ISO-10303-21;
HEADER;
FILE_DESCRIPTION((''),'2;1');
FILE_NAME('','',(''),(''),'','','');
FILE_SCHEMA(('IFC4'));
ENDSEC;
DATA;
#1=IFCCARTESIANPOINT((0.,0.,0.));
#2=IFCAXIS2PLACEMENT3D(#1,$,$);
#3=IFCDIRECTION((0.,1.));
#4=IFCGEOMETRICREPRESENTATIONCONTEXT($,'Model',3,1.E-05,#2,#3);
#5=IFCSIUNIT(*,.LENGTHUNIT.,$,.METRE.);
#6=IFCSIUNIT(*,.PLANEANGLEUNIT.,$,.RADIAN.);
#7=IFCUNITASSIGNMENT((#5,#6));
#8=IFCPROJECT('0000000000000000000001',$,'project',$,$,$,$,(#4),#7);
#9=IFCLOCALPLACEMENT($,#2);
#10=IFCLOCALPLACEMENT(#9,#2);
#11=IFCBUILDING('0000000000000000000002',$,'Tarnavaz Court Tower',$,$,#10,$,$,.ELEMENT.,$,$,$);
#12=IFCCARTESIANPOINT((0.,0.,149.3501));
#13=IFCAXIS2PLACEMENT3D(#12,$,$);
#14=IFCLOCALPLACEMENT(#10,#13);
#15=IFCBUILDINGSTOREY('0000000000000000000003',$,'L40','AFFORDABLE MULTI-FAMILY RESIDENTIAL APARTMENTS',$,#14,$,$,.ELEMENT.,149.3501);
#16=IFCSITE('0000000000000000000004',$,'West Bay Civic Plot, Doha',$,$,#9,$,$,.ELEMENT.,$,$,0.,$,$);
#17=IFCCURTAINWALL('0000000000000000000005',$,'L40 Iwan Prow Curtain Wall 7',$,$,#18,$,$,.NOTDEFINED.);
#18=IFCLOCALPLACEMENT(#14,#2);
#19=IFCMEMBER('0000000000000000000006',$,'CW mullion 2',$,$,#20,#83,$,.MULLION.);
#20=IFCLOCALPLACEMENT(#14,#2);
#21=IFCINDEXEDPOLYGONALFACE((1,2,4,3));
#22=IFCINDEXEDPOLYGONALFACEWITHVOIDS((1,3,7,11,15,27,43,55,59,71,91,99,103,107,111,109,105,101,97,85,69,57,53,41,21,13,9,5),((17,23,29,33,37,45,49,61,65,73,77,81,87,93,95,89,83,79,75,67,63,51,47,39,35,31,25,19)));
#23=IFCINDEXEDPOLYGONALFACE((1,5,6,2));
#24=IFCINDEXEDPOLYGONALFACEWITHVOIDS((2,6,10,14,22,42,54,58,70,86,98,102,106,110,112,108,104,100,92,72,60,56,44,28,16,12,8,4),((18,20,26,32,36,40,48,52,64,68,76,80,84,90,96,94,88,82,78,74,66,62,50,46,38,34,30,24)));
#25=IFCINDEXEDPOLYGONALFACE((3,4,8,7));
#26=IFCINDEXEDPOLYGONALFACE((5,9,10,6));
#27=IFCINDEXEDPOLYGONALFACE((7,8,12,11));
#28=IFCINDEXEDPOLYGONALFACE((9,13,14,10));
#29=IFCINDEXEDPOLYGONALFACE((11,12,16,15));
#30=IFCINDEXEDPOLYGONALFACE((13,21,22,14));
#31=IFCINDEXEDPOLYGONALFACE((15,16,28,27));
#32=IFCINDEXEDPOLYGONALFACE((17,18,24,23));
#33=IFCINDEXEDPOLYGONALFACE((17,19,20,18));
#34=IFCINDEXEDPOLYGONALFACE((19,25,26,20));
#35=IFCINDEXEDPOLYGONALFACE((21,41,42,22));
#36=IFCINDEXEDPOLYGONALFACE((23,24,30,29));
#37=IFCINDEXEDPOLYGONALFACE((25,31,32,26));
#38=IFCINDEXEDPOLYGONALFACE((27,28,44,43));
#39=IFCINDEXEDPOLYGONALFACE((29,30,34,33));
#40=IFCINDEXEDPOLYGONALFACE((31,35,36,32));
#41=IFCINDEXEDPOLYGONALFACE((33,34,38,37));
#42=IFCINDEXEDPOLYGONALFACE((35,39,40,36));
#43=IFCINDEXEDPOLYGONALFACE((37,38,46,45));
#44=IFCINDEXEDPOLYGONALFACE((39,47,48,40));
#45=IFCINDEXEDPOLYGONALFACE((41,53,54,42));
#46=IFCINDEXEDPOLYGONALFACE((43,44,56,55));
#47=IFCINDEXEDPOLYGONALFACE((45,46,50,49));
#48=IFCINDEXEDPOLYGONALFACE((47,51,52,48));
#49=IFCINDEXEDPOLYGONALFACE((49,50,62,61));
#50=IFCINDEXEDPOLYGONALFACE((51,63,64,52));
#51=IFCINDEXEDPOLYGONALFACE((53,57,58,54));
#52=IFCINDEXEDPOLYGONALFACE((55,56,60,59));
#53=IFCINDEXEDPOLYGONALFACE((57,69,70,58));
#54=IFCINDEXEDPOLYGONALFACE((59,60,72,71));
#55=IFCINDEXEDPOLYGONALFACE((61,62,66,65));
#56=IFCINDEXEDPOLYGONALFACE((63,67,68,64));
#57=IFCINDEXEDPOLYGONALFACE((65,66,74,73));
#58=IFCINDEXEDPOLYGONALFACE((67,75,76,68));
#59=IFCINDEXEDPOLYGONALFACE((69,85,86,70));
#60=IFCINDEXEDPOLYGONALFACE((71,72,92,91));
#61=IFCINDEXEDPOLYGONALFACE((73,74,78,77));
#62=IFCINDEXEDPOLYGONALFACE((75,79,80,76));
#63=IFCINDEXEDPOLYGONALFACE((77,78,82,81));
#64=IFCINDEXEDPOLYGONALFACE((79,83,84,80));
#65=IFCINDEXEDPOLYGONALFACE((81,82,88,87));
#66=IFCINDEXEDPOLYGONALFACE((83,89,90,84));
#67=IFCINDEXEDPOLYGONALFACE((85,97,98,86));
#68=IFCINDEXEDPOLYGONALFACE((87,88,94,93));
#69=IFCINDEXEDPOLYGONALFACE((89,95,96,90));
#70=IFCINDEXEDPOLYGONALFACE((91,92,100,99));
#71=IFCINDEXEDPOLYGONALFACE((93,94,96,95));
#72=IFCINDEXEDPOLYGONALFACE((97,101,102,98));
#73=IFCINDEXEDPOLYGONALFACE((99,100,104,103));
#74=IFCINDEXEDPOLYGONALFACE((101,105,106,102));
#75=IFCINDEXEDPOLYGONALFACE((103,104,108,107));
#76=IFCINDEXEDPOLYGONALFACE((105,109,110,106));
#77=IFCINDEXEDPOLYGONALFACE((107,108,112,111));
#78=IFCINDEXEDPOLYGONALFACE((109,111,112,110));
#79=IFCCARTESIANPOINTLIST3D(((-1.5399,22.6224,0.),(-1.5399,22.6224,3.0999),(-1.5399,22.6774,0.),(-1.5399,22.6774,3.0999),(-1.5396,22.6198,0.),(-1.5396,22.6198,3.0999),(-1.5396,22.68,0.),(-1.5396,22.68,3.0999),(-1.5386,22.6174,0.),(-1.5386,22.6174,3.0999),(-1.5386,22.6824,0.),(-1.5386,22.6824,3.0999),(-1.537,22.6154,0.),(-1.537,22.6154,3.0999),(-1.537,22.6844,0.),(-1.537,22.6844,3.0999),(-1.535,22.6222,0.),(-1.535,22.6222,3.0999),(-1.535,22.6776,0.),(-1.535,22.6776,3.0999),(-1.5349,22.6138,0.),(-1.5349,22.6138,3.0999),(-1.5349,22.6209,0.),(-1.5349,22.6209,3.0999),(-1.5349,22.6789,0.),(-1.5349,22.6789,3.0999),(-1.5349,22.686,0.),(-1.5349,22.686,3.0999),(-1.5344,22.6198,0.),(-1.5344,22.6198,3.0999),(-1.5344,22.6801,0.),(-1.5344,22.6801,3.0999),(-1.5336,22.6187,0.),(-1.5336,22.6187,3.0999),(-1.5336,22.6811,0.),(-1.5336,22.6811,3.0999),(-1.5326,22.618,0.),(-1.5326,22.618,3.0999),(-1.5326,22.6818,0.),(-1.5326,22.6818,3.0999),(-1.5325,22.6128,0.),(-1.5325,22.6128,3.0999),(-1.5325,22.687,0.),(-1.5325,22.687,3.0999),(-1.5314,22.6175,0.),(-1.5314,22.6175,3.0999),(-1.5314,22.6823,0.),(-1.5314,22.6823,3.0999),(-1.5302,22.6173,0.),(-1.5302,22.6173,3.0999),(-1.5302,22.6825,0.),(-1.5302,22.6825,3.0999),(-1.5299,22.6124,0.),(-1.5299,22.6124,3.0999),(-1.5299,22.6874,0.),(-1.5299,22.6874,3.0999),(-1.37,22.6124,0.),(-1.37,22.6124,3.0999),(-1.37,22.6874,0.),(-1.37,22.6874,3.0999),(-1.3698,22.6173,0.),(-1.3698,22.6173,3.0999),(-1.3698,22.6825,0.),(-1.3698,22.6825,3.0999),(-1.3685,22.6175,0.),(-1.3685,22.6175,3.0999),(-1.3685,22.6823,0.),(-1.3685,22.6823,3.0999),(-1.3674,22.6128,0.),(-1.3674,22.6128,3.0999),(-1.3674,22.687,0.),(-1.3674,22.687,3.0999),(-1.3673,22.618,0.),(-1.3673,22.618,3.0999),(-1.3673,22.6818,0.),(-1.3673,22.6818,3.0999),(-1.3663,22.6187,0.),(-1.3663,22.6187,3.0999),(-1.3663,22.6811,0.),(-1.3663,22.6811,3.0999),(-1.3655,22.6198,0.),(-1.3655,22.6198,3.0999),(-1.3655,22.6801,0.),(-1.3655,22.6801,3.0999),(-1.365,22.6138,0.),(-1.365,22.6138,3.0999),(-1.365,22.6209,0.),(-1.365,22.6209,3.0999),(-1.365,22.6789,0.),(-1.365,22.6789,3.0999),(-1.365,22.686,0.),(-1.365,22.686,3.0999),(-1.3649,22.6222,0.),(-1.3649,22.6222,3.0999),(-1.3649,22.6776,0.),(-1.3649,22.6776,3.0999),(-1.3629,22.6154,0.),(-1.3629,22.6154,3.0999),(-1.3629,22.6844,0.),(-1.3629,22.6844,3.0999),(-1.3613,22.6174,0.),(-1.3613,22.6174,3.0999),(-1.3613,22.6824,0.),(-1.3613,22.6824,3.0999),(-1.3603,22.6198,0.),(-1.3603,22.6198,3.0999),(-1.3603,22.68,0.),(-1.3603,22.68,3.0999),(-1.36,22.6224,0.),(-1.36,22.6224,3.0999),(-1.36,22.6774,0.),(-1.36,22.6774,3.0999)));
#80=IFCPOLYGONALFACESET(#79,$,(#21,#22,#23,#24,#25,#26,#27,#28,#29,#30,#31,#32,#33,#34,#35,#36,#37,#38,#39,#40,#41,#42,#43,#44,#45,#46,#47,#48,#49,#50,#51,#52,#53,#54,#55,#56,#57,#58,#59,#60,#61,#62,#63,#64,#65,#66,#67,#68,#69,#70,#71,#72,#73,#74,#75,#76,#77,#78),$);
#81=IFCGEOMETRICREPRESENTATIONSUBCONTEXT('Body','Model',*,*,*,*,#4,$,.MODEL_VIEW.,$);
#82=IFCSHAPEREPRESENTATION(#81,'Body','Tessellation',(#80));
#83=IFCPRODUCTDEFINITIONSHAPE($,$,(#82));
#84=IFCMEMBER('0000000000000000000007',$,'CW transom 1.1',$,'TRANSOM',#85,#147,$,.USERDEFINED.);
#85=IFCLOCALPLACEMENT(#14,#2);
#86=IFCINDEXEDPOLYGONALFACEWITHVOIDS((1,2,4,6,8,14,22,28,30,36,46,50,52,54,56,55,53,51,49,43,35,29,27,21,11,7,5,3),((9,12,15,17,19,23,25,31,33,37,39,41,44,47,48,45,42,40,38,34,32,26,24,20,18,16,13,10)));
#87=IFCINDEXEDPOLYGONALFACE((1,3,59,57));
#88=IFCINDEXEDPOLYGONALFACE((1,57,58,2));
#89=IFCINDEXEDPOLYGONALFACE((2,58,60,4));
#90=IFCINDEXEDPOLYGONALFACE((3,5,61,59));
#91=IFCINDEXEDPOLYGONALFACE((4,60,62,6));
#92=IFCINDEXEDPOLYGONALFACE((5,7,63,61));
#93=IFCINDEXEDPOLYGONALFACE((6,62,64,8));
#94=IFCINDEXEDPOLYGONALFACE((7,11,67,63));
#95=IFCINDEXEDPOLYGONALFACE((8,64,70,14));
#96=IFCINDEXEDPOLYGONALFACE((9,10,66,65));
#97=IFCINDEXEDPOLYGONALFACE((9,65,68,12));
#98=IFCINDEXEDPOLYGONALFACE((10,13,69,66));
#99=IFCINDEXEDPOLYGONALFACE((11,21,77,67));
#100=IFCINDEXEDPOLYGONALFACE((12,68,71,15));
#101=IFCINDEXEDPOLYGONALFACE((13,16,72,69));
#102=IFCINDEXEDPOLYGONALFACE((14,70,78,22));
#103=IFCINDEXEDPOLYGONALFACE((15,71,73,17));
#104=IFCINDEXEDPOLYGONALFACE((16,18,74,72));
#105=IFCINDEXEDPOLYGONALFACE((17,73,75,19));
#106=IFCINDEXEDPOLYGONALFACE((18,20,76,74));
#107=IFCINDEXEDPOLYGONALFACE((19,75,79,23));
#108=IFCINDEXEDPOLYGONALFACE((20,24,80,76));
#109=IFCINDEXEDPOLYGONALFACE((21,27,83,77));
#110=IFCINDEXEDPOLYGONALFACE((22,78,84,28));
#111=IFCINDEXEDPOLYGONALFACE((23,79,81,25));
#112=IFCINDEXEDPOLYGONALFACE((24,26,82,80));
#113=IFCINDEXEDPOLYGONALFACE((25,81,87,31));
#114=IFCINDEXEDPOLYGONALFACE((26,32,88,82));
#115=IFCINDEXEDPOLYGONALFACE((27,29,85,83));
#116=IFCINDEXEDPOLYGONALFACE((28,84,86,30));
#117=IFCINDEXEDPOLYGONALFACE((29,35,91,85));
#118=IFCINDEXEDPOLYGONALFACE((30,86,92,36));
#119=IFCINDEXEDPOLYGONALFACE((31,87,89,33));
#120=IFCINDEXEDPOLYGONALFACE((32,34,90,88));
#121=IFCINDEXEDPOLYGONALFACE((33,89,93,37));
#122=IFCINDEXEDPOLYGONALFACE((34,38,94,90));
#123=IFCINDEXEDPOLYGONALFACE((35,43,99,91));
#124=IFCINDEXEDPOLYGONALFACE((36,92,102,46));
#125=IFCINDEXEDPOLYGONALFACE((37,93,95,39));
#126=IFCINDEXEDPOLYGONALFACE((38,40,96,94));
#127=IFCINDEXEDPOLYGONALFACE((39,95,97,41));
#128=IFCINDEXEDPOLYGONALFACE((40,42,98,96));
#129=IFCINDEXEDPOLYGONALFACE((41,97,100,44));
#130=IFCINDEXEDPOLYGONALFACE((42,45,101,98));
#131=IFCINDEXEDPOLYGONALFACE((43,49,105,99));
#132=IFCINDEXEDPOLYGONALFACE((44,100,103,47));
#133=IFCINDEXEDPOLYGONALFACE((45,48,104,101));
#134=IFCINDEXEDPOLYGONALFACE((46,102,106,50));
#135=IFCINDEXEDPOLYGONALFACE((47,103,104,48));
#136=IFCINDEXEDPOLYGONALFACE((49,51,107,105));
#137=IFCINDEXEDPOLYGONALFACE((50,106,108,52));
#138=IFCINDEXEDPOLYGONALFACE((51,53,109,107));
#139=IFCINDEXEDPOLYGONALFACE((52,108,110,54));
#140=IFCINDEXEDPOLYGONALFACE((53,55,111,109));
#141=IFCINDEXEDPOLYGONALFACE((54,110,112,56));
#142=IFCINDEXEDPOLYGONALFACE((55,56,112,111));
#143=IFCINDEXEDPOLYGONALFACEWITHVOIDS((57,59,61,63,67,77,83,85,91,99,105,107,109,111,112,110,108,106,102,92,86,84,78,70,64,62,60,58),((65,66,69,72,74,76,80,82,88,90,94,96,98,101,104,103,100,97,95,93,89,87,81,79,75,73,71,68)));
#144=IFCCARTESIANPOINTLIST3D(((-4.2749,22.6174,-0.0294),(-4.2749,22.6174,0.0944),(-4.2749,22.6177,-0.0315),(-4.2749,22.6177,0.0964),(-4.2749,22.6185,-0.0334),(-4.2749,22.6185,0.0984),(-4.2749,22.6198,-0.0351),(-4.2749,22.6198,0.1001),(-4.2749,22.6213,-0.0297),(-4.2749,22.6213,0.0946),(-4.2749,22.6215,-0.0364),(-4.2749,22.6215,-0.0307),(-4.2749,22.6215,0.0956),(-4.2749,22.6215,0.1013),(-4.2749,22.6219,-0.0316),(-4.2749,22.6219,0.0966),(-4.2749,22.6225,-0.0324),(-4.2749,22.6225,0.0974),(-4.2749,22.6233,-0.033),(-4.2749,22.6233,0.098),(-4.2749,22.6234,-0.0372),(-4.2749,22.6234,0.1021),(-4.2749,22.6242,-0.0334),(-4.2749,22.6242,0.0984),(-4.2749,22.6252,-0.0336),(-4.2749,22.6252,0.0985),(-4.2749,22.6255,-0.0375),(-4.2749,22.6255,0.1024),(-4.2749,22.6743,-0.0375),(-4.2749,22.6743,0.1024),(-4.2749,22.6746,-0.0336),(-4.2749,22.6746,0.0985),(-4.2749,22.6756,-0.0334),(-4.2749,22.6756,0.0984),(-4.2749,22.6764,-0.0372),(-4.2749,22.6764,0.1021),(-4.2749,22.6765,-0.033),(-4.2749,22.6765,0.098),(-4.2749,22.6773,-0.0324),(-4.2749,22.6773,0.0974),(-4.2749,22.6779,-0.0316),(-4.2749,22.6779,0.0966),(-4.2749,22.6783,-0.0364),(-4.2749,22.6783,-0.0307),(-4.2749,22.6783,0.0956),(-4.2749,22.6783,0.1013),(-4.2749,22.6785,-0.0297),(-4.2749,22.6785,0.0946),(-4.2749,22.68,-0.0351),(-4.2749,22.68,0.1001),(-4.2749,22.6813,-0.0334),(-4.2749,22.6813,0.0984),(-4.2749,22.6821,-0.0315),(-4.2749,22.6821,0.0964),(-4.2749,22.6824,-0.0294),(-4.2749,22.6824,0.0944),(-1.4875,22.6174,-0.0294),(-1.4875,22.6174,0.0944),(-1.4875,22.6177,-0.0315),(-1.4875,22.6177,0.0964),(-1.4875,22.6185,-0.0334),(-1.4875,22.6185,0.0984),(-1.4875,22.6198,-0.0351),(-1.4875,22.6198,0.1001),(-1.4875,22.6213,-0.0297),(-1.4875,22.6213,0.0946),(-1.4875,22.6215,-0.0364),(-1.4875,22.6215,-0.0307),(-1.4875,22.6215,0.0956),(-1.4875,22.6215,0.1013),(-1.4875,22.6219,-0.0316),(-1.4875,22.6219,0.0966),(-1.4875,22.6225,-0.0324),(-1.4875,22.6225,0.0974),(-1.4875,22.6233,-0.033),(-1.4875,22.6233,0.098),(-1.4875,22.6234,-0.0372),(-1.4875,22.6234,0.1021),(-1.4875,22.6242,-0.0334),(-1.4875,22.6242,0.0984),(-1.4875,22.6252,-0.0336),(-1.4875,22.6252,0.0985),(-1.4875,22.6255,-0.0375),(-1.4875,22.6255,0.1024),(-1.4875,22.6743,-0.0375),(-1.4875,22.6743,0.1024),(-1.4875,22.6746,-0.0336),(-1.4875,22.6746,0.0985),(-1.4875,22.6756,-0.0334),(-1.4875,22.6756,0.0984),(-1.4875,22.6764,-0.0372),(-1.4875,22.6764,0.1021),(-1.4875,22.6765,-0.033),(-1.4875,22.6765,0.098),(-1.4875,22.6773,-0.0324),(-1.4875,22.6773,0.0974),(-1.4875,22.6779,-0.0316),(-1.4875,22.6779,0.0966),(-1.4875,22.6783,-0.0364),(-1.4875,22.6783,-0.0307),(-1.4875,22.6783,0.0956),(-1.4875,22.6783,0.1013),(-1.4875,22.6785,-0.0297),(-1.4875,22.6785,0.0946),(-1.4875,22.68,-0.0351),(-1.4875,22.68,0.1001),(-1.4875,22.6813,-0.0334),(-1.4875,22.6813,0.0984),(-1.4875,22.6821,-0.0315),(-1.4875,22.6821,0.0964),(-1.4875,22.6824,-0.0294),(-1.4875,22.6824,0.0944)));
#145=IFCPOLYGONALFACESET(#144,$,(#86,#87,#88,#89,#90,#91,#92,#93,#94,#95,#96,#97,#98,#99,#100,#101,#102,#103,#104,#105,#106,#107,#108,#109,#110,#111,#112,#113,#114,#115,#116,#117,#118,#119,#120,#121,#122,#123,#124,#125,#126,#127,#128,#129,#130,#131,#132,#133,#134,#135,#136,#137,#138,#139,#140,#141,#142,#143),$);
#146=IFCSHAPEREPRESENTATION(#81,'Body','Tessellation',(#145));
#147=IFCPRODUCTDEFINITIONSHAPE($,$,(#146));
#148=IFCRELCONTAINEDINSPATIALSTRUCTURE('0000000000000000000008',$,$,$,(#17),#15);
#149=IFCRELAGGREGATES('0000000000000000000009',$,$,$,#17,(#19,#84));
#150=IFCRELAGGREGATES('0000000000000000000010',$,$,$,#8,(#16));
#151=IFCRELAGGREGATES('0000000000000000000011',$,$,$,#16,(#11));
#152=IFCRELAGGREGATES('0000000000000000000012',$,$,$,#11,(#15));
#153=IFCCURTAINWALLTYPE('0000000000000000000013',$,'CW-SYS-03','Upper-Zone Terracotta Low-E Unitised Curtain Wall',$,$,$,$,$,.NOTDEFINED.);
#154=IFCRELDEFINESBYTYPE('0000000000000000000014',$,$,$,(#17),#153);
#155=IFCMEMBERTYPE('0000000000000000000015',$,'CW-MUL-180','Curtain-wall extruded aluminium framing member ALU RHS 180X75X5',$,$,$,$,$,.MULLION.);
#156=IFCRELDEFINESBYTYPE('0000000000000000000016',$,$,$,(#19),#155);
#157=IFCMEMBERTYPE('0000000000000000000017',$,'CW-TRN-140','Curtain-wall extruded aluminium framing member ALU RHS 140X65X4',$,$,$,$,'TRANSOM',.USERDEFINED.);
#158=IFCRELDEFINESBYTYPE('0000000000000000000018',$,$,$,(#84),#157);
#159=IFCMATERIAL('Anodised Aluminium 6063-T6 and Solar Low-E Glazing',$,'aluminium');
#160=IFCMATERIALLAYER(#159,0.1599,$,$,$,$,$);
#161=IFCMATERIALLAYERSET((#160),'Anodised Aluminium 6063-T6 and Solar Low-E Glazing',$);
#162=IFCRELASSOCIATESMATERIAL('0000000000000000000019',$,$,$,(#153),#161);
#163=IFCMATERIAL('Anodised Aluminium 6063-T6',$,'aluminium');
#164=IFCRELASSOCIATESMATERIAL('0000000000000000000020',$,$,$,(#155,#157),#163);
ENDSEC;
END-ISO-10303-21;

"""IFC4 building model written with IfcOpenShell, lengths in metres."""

from ifc_helpers import new_model, si_unit, direction, frame, origin, origin_2d, place, context, subcontext, project, spatial, hollow_rectangle, extrude, material, layer, layer_set, material_profile, profile_set, type_object, element, aggregate, save


model = new_model("IFC4")

# Units and contexts
model_context = context("Model", 3, precision=1e-05, world=origin(), true_north=direction((0.0, 1.0)))
body_context = subcontext(model_context, "Body", "Model", "MODEL_VIEW")
ifc_project = project(units=[si_unit("LENGTHUNIT", "METRE"), si_unit("PLANEANGLEUNIT", "RADIAN")], contexts=[model_context])

# Site, building, storey
site_placement = place(None, origin())
site = spatial("IfcSite", under=ifc_project, at=site_placement, Name="West Bay Civic Plot, Doha", CompositionType="ELEMENT", RefElevation=0.0)
building_placement = place(site_placement, origin())
building = spatial("IfcBuilding", under=site, at=building_placement, Name="Tarnavaz Court Tower", CompositionType="ELEMENT")
storey_placement = place(building_placement, frame((0.0, 0.0, 149.3501)))
storey = spatial("IfcBuildingStorey", under=building, at=storey_placement, Name="L40", Description="AFFORDABLE MULTI-FAMILY RESIDENTIAL APARTMENTS", CompositionType="ELEMENT", Elevation=149.3501)

# Curtain wall, members
ifc_material_1 = material(Name="Anodised Aluminium 6063-T6 and Solar Low-E Glazing", Category="aluminium")
ifc_layer_1 = layer(ifc_material_1, 0.1599)
ifc_layer_set_1 = layer_set([ifc_layer_1], Name="Anodised Aluminium 6063-T6 and Solar Low-E Glazing")
curtain_wall_type = type_object("IfcCurtainWallType", Name="CW-SYS-03", Description="Upper-Zone Terracotta Low-E Unitised Curtain Wall", PredefinedType="NOTDEFINED", material=ifc_layer_set_1)
curtain_wall_placement = place(storey_placement, origin())
curtain_wall = element("IfcCurtainWall", 1, at=curtain_wall_placement, inside=storey, type_object=curtain_wall_type, Name="L40 Iwan Prow Curtain Wall 7", PredefinedType="NOTDEFINED")
ifc_material_2 = material(Name="Anodised Aluminium 6063-T6", Category="aluminium")
ifc_material_profile_1 = material_profile(ifc_material_2, hollow_rectangle(XDim=0.075, YDim=0.1799, WallThickness=0.0049, InnerFilletRadius=0.0049, OuterFilletRadius=0.01, at=origin_2d()), Name="ALU RHS 180X75X5")
ifc_profile_set_1 = profile_set([ifc_material_profile_1], Name="Anodised Aluminium 6063-T6")
member_type_1 = type_object("IfcMemberType", Name="CW-MUL-180", Description="Curtain-wall extruded aluminium framing member ALU RHS 180X75X5", PredefinedType="MULLION", material=ifc_profile_set_1)
member_1_placement = place(storey_placement, frame((-1.45, 22.6499, 0.0), z_axis=(0.0, 0.0, 1.0), x_axis=(0.0, 1.0, 0.0)))
member_1 = element("IfcMember", 2, at=member_1_placement, type_object=member_type_1, Name="CW mullion 2", PredefinedType="MULLION", context=body_context, shape_type="SweptSolid", body=[
    extrude(hollow_rectangle(XDim=0.075, YDim=0.1799, WallThickness=0.0049, InnerFilletRadius=0.0049, OuterFilletRadius=0.01, at=origin_2d()), origin(), (0.0, 0.0, 1.0), 3.0999),
])
ifc_material_profile_2 = material_profile(ifc_material_2, hollow_rectangle(XDim=0.0649, YDim=0.1399, WallThickness=0.0039, InnerFilletRadius=0.0039, OuterFilletRadius=0.0081, at=origin_2d()), Name="ALU RHS 140X65X4")
ifc_profile_set_2 = profile_set([ifc_material_profile_2], Name="Anodised Aluminium 6063-T6")
member_type_2 = type_object("IfcMemberType", Name="CW-TRN-140", Description="Curtain-wall extruded aluminium framing member ALU RHS 140X65X4", ElementType="TRANSOM", PredefinedType="USERDEFINED", material=ifc_profile_set_2)
member_2_placement = place(storey_placement, frame((-4.2749, 22.6499, 0.0325), z_axis=(1.0, 0.0, 0.0), x_axis=(0.0, 1.0, 0.0)))
member_2 = element("IfcMember", 3, at=member_2_placement, type_object=member_type_2, Name="CW transom 1.1", ObjectType="TRANSOM", PredefinedType="USERDEFINED", context=body_context, shape_type="SweptSolid", body=[
    extrude(hollow_rectangle(XDim=0.0649, YDim=0.1399, WallThickness=0.0039, InnerFilletRadius=0.0039, OuterFilletRadius=0.0081, at=origin_2d()), origin(), (0.0, 0.0, 1.0), 2.7874),
])
aggregate(curtain_wall, [member_1, member_2])

save(model, "model.ifc")
